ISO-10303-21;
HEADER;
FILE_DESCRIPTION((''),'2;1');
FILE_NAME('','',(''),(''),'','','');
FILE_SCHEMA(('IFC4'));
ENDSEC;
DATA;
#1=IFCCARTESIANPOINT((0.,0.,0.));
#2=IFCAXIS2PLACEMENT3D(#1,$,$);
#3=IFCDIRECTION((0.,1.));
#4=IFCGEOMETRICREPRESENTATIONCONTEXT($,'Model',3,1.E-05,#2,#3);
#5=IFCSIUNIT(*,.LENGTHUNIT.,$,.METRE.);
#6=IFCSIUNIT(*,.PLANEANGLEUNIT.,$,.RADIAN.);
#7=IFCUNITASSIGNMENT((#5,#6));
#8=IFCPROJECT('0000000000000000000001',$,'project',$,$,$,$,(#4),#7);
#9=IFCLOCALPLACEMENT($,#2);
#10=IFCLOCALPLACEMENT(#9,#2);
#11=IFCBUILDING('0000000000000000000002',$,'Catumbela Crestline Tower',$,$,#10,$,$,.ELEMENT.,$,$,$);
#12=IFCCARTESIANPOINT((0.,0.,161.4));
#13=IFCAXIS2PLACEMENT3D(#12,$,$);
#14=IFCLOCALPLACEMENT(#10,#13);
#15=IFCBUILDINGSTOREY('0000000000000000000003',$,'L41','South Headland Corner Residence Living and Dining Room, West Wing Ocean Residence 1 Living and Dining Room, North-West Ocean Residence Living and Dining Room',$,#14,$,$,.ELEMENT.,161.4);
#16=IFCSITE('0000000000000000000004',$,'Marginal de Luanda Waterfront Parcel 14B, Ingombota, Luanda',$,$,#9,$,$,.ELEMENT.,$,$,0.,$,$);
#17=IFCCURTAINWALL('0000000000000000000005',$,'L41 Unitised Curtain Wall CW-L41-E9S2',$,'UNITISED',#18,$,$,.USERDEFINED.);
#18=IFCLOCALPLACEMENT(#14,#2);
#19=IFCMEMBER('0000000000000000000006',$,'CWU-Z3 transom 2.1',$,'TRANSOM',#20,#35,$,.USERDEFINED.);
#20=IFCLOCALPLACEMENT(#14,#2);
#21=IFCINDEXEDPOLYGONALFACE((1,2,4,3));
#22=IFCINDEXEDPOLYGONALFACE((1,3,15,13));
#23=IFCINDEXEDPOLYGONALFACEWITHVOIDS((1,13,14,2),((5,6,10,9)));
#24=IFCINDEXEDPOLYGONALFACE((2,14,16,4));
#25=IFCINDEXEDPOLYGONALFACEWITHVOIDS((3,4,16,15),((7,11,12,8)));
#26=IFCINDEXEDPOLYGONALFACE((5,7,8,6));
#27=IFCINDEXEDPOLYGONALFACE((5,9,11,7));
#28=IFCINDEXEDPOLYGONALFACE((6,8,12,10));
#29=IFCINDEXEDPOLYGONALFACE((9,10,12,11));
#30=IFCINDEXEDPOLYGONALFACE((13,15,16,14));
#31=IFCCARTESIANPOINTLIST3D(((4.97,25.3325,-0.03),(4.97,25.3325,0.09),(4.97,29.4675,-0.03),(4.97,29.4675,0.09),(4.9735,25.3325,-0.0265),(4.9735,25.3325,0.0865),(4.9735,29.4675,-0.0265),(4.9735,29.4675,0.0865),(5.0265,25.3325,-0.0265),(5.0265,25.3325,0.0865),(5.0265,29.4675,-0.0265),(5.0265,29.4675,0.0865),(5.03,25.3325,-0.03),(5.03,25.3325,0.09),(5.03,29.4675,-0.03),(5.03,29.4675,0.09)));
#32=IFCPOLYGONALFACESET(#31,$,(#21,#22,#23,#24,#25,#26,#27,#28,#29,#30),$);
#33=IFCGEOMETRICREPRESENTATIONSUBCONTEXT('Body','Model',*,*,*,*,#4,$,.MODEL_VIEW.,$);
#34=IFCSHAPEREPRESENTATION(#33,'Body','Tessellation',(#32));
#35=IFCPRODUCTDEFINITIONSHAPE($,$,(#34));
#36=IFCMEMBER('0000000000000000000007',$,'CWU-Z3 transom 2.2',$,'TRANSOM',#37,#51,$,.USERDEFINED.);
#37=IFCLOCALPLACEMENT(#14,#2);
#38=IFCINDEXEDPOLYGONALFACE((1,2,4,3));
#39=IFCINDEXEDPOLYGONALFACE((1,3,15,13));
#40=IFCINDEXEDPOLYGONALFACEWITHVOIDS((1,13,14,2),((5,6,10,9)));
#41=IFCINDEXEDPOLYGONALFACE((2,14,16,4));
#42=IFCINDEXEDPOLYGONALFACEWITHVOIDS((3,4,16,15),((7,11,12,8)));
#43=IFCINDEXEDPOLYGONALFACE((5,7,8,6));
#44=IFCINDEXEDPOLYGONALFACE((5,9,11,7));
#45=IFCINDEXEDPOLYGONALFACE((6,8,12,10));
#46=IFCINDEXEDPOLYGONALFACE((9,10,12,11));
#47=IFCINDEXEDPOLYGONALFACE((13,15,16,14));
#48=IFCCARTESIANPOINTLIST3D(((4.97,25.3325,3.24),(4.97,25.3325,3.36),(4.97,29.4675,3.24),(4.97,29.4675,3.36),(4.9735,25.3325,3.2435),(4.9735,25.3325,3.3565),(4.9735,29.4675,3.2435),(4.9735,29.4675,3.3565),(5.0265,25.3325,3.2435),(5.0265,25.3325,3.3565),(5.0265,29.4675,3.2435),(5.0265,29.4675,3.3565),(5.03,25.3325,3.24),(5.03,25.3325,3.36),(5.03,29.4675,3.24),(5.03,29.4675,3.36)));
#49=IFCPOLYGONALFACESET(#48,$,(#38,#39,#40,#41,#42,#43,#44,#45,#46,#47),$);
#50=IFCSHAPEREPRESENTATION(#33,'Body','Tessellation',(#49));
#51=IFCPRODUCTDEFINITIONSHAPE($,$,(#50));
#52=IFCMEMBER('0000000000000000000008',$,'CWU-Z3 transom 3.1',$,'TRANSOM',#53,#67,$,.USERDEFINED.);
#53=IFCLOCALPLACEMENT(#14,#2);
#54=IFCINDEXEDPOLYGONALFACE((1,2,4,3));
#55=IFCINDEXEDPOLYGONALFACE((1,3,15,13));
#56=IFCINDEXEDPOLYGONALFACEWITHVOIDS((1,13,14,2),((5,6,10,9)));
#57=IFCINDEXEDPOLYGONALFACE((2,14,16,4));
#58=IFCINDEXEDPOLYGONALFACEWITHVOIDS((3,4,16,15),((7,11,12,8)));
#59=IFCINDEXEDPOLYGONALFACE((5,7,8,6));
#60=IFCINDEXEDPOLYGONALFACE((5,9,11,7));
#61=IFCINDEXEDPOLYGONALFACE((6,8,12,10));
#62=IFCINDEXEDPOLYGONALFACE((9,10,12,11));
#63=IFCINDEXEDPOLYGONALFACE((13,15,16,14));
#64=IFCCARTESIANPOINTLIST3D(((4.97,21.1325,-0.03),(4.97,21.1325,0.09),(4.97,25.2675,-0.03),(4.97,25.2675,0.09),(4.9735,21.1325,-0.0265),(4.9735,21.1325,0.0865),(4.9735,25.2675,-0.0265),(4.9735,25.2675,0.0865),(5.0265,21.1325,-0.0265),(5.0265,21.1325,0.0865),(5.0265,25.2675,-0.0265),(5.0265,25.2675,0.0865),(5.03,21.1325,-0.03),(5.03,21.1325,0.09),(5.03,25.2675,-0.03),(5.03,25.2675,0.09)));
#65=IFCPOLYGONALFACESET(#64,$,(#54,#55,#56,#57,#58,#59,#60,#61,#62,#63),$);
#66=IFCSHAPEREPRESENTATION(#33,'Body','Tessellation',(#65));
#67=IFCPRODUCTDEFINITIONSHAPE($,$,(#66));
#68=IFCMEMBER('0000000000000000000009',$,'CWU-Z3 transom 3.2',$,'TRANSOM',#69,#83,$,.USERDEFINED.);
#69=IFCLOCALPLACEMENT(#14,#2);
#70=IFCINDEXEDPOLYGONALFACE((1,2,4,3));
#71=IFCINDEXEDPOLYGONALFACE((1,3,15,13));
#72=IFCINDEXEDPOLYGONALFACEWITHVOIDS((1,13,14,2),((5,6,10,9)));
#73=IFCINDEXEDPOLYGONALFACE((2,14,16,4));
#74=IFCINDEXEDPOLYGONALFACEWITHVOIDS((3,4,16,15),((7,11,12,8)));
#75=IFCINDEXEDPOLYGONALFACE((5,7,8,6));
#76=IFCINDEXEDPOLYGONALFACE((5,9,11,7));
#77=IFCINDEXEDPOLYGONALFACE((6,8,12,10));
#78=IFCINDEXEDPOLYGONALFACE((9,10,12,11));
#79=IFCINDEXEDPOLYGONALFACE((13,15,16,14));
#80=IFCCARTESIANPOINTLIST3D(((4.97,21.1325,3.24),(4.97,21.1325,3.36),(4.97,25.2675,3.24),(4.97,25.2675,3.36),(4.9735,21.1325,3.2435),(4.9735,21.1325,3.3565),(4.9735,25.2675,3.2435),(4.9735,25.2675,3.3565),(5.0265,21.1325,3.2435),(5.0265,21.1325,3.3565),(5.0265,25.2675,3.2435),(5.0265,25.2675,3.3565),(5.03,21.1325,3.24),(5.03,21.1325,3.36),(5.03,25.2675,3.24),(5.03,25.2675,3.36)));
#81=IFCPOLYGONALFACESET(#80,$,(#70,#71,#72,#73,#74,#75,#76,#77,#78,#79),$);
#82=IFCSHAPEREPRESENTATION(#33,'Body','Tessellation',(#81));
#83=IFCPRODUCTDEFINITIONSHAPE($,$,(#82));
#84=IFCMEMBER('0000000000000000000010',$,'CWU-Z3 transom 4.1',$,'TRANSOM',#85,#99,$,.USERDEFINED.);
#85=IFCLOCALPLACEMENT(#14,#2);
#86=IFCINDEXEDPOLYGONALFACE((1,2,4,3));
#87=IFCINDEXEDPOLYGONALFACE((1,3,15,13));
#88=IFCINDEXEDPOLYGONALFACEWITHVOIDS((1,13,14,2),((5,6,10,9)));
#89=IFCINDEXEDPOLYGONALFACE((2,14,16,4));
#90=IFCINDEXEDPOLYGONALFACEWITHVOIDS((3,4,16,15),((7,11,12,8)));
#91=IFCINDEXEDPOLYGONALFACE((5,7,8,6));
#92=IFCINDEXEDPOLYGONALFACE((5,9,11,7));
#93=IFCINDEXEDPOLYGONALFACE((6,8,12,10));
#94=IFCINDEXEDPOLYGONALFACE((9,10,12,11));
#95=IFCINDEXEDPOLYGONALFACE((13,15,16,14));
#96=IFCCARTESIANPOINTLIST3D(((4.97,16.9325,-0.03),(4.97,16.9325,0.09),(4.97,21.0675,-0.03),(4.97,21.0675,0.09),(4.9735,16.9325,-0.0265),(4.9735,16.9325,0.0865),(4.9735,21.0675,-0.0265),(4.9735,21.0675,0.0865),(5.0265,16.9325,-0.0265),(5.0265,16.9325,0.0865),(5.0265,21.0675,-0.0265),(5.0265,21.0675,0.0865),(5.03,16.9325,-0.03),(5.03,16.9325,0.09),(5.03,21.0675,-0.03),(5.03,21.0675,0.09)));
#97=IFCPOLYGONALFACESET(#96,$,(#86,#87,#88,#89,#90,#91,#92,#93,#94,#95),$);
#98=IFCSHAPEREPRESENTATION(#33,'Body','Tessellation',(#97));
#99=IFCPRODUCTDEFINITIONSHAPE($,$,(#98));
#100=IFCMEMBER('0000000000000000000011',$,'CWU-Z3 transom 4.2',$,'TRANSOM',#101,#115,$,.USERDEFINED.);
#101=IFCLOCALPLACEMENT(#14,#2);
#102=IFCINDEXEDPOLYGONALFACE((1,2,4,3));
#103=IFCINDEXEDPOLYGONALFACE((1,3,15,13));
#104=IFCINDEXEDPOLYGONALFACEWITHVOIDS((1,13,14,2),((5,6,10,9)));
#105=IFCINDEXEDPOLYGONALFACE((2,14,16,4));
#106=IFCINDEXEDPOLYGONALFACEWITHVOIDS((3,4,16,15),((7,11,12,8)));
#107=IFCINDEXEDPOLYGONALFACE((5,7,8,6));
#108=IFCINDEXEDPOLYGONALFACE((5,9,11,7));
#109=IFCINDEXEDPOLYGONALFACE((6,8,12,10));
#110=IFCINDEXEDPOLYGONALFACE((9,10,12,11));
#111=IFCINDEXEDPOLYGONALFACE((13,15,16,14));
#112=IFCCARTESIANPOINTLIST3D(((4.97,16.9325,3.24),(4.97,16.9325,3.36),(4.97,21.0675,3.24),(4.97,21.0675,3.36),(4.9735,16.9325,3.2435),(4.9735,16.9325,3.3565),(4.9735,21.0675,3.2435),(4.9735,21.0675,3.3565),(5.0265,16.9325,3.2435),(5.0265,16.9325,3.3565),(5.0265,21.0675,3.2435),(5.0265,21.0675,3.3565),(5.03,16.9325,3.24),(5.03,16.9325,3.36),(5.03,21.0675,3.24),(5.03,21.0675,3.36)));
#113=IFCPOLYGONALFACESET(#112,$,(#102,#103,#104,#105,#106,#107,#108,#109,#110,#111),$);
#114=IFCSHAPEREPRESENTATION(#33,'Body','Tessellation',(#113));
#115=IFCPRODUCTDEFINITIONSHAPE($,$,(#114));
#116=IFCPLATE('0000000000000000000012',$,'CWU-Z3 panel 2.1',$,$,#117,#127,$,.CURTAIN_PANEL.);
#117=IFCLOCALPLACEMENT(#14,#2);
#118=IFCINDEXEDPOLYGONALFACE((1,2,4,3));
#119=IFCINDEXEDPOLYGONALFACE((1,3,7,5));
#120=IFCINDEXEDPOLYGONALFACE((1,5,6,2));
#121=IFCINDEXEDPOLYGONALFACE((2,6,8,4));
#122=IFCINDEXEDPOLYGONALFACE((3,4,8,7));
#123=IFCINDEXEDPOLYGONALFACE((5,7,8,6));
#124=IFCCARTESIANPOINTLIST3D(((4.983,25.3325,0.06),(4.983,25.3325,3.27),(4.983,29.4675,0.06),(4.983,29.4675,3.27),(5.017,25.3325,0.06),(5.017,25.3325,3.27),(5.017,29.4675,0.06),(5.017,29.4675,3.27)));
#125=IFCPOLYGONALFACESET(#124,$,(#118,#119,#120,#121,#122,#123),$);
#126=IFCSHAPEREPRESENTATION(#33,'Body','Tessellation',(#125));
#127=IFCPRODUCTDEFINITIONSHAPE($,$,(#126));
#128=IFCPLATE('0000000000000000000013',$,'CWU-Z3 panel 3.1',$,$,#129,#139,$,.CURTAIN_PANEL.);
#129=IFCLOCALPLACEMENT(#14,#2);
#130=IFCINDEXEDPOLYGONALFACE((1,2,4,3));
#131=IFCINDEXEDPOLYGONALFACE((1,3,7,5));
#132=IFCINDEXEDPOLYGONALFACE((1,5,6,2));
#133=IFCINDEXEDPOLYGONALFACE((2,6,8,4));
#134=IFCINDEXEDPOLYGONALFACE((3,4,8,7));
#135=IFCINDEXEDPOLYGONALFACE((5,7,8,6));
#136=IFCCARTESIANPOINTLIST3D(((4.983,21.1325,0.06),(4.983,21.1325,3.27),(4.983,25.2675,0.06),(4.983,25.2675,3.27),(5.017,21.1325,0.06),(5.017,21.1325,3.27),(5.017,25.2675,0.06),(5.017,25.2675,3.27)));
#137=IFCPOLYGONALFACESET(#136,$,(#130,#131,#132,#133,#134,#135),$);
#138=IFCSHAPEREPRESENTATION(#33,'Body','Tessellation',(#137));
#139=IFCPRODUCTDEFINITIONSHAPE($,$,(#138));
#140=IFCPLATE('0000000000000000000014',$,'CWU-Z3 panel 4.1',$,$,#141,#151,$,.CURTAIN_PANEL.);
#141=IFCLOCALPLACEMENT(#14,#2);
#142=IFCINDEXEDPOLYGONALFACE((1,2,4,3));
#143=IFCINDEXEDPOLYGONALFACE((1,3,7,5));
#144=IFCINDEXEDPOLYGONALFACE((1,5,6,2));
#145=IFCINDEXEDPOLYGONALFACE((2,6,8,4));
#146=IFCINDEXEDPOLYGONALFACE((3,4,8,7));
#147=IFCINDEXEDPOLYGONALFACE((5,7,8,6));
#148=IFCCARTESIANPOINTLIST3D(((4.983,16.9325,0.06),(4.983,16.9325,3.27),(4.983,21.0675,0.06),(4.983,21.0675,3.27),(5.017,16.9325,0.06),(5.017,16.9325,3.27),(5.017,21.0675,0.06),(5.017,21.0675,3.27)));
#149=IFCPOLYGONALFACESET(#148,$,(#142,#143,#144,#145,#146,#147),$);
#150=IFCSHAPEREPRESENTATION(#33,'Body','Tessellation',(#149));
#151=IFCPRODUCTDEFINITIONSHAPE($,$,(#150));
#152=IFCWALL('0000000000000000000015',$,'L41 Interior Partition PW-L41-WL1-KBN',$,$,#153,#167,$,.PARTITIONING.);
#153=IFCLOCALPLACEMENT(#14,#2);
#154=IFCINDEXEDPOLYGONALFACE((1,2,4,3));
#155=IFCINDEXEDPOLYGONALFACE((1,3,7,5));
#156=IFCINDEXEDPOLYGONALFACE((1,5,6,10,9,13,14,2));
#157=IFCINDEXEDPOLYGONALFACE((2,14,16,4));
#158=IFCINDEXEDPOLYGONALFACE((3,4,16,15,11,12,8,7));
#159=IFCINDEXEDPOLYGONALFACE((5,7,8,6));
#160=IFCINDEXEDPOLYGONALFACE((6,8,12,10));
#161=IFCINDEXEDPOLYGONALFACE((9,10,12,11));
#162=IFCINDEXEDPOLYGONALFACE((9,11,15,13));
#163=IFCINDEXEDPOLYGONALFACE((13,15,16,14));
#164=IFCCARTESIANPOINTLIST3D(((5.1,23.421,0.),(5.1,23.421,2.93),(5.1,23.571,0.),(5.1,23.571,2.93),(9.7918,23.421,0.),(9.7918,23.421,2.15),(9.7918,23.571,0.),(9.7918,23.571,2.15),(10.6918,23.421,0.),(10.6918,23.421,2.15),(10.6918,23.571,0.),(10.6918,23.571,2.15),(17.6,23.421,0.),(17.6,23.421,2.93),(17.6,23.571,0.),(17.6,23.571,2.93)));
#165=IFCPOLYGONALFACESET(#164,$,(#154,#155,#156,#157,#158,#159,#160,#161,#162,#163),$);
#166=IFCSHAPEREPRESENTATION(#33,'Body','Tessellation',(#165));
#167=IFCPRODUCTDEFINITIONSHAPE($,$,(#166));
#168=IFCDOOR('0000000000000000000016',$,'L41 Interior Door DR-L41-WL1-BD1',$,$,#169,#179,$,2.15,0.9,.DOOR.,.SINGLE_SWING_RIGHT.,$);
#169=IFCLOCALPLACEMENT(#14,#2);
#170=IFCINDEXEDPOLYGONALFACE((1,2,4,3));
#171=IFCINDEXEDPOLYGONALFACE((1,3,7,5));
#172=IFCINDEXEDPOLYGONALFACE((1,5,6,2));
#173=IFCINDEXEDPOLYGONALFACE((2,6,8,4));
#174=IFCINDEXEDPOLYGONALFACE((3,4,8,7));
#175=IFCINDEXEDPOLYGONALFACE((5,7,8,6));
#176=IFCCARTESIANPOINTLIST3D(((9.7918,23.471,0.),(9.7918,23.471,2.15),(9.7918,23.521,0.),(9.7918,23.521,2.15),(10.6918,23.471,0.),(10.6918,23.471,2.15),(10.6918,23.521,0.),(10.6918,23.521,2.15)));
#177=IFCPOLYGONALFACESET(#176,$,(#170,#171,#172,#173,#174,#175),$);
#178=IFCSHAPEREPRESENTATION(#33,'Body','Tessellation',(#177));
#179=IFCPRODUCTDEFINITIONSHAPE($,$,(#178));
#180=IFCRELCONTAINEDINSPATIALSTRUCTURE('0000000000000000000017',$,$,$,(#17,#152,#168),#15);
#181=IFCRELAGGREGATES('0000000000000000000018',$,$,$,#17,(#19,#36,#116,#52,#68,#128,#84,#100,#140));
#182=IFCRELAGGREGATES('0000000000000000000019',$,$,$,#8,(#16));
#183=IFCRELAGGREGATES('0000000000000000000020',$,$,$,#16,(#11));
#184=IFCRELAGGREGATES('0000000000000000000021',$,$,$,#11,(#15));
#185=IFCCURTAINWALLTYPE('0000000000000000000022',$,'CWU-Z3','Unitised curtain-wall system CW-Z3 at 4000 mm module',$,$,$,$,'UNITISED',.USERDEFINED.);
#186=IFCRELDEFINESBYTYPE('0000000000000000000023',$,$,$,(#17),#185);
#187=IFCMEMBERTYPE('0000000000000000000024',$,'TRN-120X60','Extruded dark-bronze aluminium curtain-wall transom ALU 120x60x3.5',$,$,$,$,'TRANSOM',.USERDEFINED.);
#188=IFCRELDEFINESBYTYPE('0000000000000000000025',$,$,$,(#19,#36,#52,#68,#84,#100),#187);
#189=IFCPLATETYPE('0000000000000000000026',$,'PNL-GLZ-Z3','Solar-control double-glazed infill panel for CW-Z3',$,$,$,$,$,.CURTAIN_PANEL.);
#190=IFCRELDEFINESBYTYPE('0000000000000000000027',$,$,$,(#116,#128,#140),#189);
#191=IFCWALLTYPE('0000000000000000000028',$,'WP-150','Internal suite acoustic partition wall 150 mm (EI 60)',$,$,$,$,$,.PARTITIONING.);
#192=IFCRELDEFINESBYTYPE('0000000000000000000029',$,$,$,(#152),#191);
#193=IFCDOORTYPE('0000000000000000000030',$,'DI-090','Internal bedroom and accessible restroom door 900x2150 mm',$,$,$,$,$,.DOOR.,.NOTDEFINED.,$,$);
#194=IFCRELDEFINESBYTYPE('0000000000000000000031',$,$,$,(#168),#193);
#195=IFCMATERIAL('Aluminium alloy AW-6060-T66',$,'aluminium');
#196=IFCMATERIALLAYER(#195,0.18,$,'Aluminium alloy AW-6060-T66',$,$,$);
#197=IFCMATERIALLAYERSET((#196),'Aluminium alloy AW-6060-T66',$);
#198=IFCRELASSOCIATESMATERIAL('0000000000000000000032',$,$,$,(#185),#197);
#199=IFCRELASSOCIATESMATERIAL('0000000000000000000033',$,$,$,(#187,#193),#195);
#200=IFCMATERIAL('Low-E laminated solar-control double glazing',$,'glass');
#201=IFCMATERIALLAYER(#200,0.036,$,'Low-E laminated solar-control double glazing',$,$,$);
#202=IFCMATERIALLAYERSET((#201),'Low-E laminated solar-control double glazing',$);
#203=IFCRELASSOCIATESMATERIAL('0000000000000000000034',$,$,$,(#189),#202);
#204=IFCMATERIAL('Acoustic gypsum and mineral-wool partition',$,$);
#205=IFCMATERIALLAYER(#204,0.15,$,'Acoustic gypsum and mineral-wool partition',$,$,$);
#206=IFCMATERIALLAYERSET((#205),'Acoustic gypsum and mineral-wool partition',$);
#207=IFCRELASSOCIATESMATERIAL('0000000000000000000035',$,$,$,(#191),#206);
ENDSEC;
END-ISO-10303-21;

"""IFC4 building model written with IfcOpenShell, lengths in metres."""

from ifc_helpers import new_model, si_unit, direction, frame, frame_2d, origin, origin_2d, place, context, subcontext, project, spatial, rectangle, hollow_rectangle, extrude, material, layer, layer_set, material_profile, profile_set, type_object, element, fill, aggregate, save


model = new_model("IFC4")

# Units and contexts
model_context = context("Model", 3, precision=1e-05, world=origin(), true_north=direction((0.0, 1.0)))
body_context = subcontext(model_context, "Body", "Model", "MODEL_VIEW")
ifc_project = project(units=[si_unit("LENGTHUNIT", "METRE"), si_unit("PLANEANGLEUNIT", "RADIAN")], contexts=[model_context])

# Site, building, storey
site_placement = place(None, origin())
site = spatial("IfcSite", under=ifc_project, at=site_placement, Name="Marginal de Luanda Waterfront Parcel 14B, Ingombota, Luanda", CompositionType="ELEMENT", RefElevation=0.0)
building_placement = place(site_placement, origin())
building = spatial("IfcBuilding", under=site, at=building_placement, Name="Catumbela Crestline Tower", CompositionType="ELEMENT")
storey_placement = place(building_placement, frame((0.0, 0.0, 161.4)))
storey = spatial("IfcBuildingStorey", under=building, at=storey_placement, Name="L41", Description="South Headland Corner Residence Living and Dining Room, West Wing Ocean Residence 1 Living and Dining Room, North-West Ocean Residence Living and Dining Room", CompositionType="ELEMENT", Elevation=161.4)

# Curtain wall
ifc_material_1 = material(Name="Aluminium alloy AW-6060-T66", Category="aluminium")
ifc_layer_1 = layer(ifc_material_1, 0.18, Name="Aluminium alloy AW-6060-T66")
ifc_layer_set_1 = layer_set([ifc_layer_1], Name="Aluminium alloy AW-6060-T66")
curtain_wall_type = type_object("IfcCurtainWallType", Name="CWU-Z3", Description="Unitised curtain-wall system CW-Z3 at 4000 mm module", ElementType="UNITISED", PredefinedType="USERDEFINED", material=ifc_layer_set_1)
curtain_wall_placement = place(storey_placement, origin())
curtain_wall = element("IfcCurtainWall", 1, at=curtain_wall_placement, inside=storey, type_object=curtain_wall_type, Name="L41 Unitised Curtain Wall CW-L41-E9S2", ObjectType="UNITISED", PredefinedType="USERDEFINED")

# Members
ifc_material_profile_1 = material_profile(ifc_material_1, hollow_rectangle(XDim=0.06, YDim=0.12, WallThickness=0.0035, at=origin_2d()), Name="ALU 120x60x3.5")
ifc_profile_set_1 = profile_set([ifc_material_profile_1], Name="Aluminium alloy AW-6060-T66")
member_type_1 = type_object("IfcMemberType", Name="TRN-120X60", Description="Extruded dark-bronze aluminium curtain-wall transom ALU 120x60x3.5", ElementType="TRANSOM", PredefinedType="USERDEFINED", material=ifc_profile_set_1)
member_1_placement = place(storey_placement, frame((5.0, 29.4675, 0.03), z_axis=(0.0, -1.0, 0.0), x_axis=(1.0, 0.0, 0.0)))
member_1 = element("IfcMember", 2, at=member_1_placement, type_object=member_type_1, Name="CWU-Z3 transom 2.1", ObjectType="TRANSOM", PredefinedType="USERDEFINED", context=body_context, shape_type="SweptSolid", body=[
    extrude(hollow_rectangle(XDim=0.06, YDim=0.12, WallThickness=0.0035, at=origin_2d()), origin(), (0.0, 0.0, 1.0), 4.135),
])
member_2_placement = place(storey_placement, frame((5.0, 29.4675, 3.3), z_axis=(0.0, -1.0, 0.0), x_axis=(1.0, 0.0, 0.0)))
member_2 = element("IfcMember", 3, at=member_2_placement, type_object=member_type_1, Name="CWU-Z3 transom 2.2", ObjectType="TRANSOM", PredefinedType="USERDEFINED", context=body_context, shape_type="SweptSolid", body=[
    extrude(hollow_rectangle(XDim=0.06, YDim=0.12, WallThickness=0.0035, at=origin_2d()), origin(), (0.0, 0.0, 1.0), 4.135),
])
member_3_placement = place(storey_placement, frame((5.0, 25.2675, 0.03), z_axis=(0.0, -1.0, 0.0), x_axis=(1.0, 0.0, 0.0)))
member_3 = element("IfcMember", 4, at=member_3_placement, type_object=member_type_1, Name="CWU-Z3 transom 3.1", ObjectType="TRANSOM", PredefinedType="USERDEFINED", context=body_context, shape_type="SweptSolid", body=[
    extrude(hollow_rectangle(XDim=0.06, YDim=0.12, WallThickness=0.0035, at=origin_2d()), origin(), (0.0, 0.0, 1.0), 4.135),
])
member_4_placement = place(storey_placement, frame((5.0, 25.2675, 3.3), z_axis=(0.0, -1.0, 0.0), x_axis=(1.0, 0.0, 0.0)))
member_4 = element("IfcMember", 5, at=member_4_placement, type_object=member_type_1, Name="CWU-Z3 transom 3.2", ObjectType="TRANSOM", PredefinedType="USERDEFINED", context=body_context, shape_type="SweptSolid", body=[
    extrude(hollow_rectangle(XDim=0.06, YDim=0.12, WallThickness=0.0035, at=origin_2d()), origin(), (0.0, 0.0, 1.0), 4.135),
])
member_5_placement = place(storey_placement, frame((5.0, 21.0675, 0.03), z_axis=(0.0, -1.0, 0.0), x_axis=(1.0, 0.0, 0.0)))
member_5 = element("IfcMember", 6, at=member_5_placement, type_object=member_type_1, Name="CWU-Z3 transom 4.1", ObjectType="TRANSOM", PredefinedType="USERDEFINED", context=body_context, shape_type="SweptSolid", body=[
    extrude(hollow_rectangle(XDim=0.06, YDim=0.12, WallThickness=0.0035, at=origin_2d()), origin(), (0.0, 0.0, 1.0), 4.135),
])
member_6_placement = place(storey_placement, frame((5.0, 21.0675, 3.3), z_axis=(0.0, -1.0, 0.0), x_axis=(1.0, 0.0, 0.0)))
member_6 = element("IfcMember", 7, at=member_6_placement, type_object=member_type_1, Name="CWU-Z3 transom 4.2", ObjectType="TRANSOM", PredefinedType="USERDEFINED", context=body_context, shape_type="SweptSolid", body=[
    extrude(hollow_rectangle(XDim=0.06, YDim=0.12, WallThickness=0.0035, at=origin_2d()), origin(), (0.0, 0.0, 1.0), 4.135),
])

# Plates
ifc_material_2 = material(Name="Low-E laminated solar-control double glazing", Category="glass")
ifc_layer_2 = layer(ifc_material_2, 0.036, Name="Low-E laminated solar-control double glazing")
ifc_layer_set_2 = layer_set([ifc_layer_2], Name="Low-E laminated solar-control double glazing")
plate_type = type_object("IfcPlateType", Name="PNL-GLZ-Z3", Description="Solar-control double-glazed infill panel for CW-Z3", PredefinedType="CURTAIN_PANEL", material=ifc_layer_set_2)
plate_1_placement = place(storey_placement, frame((5.0, 27.4, 0.06), z_axis=(0.0, 0.0, 1.0), x_axis=(0.0, -1.0, 0.0)))
plate_1 = element("IfcPlate", 8, at=plate_1_placement, type_object=plate_type, Name="CWU-Z3 panel 2.1", PredefinedType="CURTAIN_PANEL", context=body_context, shape_type="SweptSolid", body=[
    extrude(rectangle(XDim=4.135, YDim=0.034, at=origin_2d()), origin(), (0.0, 0.0, 1.0), 3.21),
])
plate_2_placement = place(storey_placement, frame((5.0, 23.2, 0.06), z_axis=(0.0, 0.0, 1.0), x_axis=(0.0, -1.0, 0.0)))
plate_2 = element("IfcPlate", 9, at=plate_2_placement, type_object=plate_type, Name="CWU-Z3 panel 3.1", PredefinedType="CURTAIN_PANEL", context=body_context, shape_type="SweptSolid", body=[
    extrude(rectangle(XDim=4.135, YDim=0.034, at=origin_2d()), origin(), (0.0, 0.0, 1.0), 3.21),
])
plate_3_placement = place(storey_placement, frame((5.0, 19.0, 0.06), z_axis=(0.0, 0.0, 1.0), x_axis=(0.0, -1.0, 0.0)))
plate_3 = element("IfcPlate", 10, at=plate_3_placement, type_object=plate_type, Name="CWU-Z3 panel 4.1", PredefinedType="CURTAIN_PANEL", context=body_context, shape_type="SweptSolid", body=[
    extrude(rectangle(XDim=4.135, YDim=0.034, at=origin_2d()), origin(), (0.0, 0.0, 1.0), 3.21),
])
aggregate(curtain_wall, [member_1, member_2, plate_1, member_3, member_4, plate_2, member_5, member_6, plate_3])

# Wall, opening, door
ifc_material_3 = material(Name="Acoustic gypsum and mineral-wool partition")
ifc_layer_3 = layer(ifc_material_3, 0.15, Name="Acoustic gypsum and mineral-wool partition")
ifc_layer_set_3 = layer_set([ifc_layer_3], Name="Acoustic gypsum and mineral-wool partition")
wall_type_1 = type_object("IfcWallType", Name="WP-150", Description="Internal suite acoustic partition wall 150 mm (EI 60)", PredefinedType="PARTITIONING", material=ifc_layer_set_3)
wall_1_placement = place(storey_placement, frame((5.1, 23.496, 0.0), z_axis=(0.0, 0.0, 1.0), x_axis=(1.0, 0.0, 0.0)))
wall_1 = element("IfcWall", 11, at=wall_1_placement, inside=storey, type_object=wall_type_1, Name="L41 Interior Partition PW-L41-WL1-KBN", PredefinedType="PARTITIONING", context=body_context, shape_type="SweptSolid", body=[
    extrude(rectangle(XDim=12.5, YDim=0.15, at=frame_2d((6.25, 0.0))), origin(), (0.0, 0.0, 1.0), 2.93),
])
opening_placement = place(wall_1_placement, frame((4.6918, 0.0, 0.0)))
opening = element("IfcOpeningElement", 12, at=opening_placement, cuts=wall_1, PredefinedType="OPENING", context=body_context, shape_type="SweptSolid", body=[
    extrude(rectangle(XDim=0.9, YDim=2.15, at=frame_2d((0.45, 1.075))), frame((0.0, 0.085, 0.0), z_axis=(0.0, -1.0, 0.0), x_axis=(1.0, 0.0, 0.0)), (0.0, 0.0, 1.0), 0.17),
])
door_type = type_object("IfcDoorType", Name="DI-090", Description="Internal bedroom and accessible restroom door 900x2150 mm", OperationType="NOTDEFINED", PredefinedType="DOOR", material=ifc_material_1)
door_placement = place(opening_placement, origin())
door = element("IfcDoor", 13, at=door_placement, inside=storey, type_object=door_type, Name="L41 Interior Door DR-L41-WL1-BD1", OperationType="SINGLE_SWING_RIGHT", OverallHeight=2.15, OverallWidth=0.9, PredefinedType="DOOR", context=body_context, shape_type="SweptSolid", body=[
    extrude(rectangle(XDim=0.9, YDim=2.15, at=frame_2d((0.45, 1.075))), frame((0.0, 0.025, 0.0), z_axis=(0.0, -1.0, 0.0), x_axis=(1.0, 0.0, 0.0)), (0.0, 0.0, 1.0), 0.05),
])
fill(opening, door)

save(model, "model.ifc")
